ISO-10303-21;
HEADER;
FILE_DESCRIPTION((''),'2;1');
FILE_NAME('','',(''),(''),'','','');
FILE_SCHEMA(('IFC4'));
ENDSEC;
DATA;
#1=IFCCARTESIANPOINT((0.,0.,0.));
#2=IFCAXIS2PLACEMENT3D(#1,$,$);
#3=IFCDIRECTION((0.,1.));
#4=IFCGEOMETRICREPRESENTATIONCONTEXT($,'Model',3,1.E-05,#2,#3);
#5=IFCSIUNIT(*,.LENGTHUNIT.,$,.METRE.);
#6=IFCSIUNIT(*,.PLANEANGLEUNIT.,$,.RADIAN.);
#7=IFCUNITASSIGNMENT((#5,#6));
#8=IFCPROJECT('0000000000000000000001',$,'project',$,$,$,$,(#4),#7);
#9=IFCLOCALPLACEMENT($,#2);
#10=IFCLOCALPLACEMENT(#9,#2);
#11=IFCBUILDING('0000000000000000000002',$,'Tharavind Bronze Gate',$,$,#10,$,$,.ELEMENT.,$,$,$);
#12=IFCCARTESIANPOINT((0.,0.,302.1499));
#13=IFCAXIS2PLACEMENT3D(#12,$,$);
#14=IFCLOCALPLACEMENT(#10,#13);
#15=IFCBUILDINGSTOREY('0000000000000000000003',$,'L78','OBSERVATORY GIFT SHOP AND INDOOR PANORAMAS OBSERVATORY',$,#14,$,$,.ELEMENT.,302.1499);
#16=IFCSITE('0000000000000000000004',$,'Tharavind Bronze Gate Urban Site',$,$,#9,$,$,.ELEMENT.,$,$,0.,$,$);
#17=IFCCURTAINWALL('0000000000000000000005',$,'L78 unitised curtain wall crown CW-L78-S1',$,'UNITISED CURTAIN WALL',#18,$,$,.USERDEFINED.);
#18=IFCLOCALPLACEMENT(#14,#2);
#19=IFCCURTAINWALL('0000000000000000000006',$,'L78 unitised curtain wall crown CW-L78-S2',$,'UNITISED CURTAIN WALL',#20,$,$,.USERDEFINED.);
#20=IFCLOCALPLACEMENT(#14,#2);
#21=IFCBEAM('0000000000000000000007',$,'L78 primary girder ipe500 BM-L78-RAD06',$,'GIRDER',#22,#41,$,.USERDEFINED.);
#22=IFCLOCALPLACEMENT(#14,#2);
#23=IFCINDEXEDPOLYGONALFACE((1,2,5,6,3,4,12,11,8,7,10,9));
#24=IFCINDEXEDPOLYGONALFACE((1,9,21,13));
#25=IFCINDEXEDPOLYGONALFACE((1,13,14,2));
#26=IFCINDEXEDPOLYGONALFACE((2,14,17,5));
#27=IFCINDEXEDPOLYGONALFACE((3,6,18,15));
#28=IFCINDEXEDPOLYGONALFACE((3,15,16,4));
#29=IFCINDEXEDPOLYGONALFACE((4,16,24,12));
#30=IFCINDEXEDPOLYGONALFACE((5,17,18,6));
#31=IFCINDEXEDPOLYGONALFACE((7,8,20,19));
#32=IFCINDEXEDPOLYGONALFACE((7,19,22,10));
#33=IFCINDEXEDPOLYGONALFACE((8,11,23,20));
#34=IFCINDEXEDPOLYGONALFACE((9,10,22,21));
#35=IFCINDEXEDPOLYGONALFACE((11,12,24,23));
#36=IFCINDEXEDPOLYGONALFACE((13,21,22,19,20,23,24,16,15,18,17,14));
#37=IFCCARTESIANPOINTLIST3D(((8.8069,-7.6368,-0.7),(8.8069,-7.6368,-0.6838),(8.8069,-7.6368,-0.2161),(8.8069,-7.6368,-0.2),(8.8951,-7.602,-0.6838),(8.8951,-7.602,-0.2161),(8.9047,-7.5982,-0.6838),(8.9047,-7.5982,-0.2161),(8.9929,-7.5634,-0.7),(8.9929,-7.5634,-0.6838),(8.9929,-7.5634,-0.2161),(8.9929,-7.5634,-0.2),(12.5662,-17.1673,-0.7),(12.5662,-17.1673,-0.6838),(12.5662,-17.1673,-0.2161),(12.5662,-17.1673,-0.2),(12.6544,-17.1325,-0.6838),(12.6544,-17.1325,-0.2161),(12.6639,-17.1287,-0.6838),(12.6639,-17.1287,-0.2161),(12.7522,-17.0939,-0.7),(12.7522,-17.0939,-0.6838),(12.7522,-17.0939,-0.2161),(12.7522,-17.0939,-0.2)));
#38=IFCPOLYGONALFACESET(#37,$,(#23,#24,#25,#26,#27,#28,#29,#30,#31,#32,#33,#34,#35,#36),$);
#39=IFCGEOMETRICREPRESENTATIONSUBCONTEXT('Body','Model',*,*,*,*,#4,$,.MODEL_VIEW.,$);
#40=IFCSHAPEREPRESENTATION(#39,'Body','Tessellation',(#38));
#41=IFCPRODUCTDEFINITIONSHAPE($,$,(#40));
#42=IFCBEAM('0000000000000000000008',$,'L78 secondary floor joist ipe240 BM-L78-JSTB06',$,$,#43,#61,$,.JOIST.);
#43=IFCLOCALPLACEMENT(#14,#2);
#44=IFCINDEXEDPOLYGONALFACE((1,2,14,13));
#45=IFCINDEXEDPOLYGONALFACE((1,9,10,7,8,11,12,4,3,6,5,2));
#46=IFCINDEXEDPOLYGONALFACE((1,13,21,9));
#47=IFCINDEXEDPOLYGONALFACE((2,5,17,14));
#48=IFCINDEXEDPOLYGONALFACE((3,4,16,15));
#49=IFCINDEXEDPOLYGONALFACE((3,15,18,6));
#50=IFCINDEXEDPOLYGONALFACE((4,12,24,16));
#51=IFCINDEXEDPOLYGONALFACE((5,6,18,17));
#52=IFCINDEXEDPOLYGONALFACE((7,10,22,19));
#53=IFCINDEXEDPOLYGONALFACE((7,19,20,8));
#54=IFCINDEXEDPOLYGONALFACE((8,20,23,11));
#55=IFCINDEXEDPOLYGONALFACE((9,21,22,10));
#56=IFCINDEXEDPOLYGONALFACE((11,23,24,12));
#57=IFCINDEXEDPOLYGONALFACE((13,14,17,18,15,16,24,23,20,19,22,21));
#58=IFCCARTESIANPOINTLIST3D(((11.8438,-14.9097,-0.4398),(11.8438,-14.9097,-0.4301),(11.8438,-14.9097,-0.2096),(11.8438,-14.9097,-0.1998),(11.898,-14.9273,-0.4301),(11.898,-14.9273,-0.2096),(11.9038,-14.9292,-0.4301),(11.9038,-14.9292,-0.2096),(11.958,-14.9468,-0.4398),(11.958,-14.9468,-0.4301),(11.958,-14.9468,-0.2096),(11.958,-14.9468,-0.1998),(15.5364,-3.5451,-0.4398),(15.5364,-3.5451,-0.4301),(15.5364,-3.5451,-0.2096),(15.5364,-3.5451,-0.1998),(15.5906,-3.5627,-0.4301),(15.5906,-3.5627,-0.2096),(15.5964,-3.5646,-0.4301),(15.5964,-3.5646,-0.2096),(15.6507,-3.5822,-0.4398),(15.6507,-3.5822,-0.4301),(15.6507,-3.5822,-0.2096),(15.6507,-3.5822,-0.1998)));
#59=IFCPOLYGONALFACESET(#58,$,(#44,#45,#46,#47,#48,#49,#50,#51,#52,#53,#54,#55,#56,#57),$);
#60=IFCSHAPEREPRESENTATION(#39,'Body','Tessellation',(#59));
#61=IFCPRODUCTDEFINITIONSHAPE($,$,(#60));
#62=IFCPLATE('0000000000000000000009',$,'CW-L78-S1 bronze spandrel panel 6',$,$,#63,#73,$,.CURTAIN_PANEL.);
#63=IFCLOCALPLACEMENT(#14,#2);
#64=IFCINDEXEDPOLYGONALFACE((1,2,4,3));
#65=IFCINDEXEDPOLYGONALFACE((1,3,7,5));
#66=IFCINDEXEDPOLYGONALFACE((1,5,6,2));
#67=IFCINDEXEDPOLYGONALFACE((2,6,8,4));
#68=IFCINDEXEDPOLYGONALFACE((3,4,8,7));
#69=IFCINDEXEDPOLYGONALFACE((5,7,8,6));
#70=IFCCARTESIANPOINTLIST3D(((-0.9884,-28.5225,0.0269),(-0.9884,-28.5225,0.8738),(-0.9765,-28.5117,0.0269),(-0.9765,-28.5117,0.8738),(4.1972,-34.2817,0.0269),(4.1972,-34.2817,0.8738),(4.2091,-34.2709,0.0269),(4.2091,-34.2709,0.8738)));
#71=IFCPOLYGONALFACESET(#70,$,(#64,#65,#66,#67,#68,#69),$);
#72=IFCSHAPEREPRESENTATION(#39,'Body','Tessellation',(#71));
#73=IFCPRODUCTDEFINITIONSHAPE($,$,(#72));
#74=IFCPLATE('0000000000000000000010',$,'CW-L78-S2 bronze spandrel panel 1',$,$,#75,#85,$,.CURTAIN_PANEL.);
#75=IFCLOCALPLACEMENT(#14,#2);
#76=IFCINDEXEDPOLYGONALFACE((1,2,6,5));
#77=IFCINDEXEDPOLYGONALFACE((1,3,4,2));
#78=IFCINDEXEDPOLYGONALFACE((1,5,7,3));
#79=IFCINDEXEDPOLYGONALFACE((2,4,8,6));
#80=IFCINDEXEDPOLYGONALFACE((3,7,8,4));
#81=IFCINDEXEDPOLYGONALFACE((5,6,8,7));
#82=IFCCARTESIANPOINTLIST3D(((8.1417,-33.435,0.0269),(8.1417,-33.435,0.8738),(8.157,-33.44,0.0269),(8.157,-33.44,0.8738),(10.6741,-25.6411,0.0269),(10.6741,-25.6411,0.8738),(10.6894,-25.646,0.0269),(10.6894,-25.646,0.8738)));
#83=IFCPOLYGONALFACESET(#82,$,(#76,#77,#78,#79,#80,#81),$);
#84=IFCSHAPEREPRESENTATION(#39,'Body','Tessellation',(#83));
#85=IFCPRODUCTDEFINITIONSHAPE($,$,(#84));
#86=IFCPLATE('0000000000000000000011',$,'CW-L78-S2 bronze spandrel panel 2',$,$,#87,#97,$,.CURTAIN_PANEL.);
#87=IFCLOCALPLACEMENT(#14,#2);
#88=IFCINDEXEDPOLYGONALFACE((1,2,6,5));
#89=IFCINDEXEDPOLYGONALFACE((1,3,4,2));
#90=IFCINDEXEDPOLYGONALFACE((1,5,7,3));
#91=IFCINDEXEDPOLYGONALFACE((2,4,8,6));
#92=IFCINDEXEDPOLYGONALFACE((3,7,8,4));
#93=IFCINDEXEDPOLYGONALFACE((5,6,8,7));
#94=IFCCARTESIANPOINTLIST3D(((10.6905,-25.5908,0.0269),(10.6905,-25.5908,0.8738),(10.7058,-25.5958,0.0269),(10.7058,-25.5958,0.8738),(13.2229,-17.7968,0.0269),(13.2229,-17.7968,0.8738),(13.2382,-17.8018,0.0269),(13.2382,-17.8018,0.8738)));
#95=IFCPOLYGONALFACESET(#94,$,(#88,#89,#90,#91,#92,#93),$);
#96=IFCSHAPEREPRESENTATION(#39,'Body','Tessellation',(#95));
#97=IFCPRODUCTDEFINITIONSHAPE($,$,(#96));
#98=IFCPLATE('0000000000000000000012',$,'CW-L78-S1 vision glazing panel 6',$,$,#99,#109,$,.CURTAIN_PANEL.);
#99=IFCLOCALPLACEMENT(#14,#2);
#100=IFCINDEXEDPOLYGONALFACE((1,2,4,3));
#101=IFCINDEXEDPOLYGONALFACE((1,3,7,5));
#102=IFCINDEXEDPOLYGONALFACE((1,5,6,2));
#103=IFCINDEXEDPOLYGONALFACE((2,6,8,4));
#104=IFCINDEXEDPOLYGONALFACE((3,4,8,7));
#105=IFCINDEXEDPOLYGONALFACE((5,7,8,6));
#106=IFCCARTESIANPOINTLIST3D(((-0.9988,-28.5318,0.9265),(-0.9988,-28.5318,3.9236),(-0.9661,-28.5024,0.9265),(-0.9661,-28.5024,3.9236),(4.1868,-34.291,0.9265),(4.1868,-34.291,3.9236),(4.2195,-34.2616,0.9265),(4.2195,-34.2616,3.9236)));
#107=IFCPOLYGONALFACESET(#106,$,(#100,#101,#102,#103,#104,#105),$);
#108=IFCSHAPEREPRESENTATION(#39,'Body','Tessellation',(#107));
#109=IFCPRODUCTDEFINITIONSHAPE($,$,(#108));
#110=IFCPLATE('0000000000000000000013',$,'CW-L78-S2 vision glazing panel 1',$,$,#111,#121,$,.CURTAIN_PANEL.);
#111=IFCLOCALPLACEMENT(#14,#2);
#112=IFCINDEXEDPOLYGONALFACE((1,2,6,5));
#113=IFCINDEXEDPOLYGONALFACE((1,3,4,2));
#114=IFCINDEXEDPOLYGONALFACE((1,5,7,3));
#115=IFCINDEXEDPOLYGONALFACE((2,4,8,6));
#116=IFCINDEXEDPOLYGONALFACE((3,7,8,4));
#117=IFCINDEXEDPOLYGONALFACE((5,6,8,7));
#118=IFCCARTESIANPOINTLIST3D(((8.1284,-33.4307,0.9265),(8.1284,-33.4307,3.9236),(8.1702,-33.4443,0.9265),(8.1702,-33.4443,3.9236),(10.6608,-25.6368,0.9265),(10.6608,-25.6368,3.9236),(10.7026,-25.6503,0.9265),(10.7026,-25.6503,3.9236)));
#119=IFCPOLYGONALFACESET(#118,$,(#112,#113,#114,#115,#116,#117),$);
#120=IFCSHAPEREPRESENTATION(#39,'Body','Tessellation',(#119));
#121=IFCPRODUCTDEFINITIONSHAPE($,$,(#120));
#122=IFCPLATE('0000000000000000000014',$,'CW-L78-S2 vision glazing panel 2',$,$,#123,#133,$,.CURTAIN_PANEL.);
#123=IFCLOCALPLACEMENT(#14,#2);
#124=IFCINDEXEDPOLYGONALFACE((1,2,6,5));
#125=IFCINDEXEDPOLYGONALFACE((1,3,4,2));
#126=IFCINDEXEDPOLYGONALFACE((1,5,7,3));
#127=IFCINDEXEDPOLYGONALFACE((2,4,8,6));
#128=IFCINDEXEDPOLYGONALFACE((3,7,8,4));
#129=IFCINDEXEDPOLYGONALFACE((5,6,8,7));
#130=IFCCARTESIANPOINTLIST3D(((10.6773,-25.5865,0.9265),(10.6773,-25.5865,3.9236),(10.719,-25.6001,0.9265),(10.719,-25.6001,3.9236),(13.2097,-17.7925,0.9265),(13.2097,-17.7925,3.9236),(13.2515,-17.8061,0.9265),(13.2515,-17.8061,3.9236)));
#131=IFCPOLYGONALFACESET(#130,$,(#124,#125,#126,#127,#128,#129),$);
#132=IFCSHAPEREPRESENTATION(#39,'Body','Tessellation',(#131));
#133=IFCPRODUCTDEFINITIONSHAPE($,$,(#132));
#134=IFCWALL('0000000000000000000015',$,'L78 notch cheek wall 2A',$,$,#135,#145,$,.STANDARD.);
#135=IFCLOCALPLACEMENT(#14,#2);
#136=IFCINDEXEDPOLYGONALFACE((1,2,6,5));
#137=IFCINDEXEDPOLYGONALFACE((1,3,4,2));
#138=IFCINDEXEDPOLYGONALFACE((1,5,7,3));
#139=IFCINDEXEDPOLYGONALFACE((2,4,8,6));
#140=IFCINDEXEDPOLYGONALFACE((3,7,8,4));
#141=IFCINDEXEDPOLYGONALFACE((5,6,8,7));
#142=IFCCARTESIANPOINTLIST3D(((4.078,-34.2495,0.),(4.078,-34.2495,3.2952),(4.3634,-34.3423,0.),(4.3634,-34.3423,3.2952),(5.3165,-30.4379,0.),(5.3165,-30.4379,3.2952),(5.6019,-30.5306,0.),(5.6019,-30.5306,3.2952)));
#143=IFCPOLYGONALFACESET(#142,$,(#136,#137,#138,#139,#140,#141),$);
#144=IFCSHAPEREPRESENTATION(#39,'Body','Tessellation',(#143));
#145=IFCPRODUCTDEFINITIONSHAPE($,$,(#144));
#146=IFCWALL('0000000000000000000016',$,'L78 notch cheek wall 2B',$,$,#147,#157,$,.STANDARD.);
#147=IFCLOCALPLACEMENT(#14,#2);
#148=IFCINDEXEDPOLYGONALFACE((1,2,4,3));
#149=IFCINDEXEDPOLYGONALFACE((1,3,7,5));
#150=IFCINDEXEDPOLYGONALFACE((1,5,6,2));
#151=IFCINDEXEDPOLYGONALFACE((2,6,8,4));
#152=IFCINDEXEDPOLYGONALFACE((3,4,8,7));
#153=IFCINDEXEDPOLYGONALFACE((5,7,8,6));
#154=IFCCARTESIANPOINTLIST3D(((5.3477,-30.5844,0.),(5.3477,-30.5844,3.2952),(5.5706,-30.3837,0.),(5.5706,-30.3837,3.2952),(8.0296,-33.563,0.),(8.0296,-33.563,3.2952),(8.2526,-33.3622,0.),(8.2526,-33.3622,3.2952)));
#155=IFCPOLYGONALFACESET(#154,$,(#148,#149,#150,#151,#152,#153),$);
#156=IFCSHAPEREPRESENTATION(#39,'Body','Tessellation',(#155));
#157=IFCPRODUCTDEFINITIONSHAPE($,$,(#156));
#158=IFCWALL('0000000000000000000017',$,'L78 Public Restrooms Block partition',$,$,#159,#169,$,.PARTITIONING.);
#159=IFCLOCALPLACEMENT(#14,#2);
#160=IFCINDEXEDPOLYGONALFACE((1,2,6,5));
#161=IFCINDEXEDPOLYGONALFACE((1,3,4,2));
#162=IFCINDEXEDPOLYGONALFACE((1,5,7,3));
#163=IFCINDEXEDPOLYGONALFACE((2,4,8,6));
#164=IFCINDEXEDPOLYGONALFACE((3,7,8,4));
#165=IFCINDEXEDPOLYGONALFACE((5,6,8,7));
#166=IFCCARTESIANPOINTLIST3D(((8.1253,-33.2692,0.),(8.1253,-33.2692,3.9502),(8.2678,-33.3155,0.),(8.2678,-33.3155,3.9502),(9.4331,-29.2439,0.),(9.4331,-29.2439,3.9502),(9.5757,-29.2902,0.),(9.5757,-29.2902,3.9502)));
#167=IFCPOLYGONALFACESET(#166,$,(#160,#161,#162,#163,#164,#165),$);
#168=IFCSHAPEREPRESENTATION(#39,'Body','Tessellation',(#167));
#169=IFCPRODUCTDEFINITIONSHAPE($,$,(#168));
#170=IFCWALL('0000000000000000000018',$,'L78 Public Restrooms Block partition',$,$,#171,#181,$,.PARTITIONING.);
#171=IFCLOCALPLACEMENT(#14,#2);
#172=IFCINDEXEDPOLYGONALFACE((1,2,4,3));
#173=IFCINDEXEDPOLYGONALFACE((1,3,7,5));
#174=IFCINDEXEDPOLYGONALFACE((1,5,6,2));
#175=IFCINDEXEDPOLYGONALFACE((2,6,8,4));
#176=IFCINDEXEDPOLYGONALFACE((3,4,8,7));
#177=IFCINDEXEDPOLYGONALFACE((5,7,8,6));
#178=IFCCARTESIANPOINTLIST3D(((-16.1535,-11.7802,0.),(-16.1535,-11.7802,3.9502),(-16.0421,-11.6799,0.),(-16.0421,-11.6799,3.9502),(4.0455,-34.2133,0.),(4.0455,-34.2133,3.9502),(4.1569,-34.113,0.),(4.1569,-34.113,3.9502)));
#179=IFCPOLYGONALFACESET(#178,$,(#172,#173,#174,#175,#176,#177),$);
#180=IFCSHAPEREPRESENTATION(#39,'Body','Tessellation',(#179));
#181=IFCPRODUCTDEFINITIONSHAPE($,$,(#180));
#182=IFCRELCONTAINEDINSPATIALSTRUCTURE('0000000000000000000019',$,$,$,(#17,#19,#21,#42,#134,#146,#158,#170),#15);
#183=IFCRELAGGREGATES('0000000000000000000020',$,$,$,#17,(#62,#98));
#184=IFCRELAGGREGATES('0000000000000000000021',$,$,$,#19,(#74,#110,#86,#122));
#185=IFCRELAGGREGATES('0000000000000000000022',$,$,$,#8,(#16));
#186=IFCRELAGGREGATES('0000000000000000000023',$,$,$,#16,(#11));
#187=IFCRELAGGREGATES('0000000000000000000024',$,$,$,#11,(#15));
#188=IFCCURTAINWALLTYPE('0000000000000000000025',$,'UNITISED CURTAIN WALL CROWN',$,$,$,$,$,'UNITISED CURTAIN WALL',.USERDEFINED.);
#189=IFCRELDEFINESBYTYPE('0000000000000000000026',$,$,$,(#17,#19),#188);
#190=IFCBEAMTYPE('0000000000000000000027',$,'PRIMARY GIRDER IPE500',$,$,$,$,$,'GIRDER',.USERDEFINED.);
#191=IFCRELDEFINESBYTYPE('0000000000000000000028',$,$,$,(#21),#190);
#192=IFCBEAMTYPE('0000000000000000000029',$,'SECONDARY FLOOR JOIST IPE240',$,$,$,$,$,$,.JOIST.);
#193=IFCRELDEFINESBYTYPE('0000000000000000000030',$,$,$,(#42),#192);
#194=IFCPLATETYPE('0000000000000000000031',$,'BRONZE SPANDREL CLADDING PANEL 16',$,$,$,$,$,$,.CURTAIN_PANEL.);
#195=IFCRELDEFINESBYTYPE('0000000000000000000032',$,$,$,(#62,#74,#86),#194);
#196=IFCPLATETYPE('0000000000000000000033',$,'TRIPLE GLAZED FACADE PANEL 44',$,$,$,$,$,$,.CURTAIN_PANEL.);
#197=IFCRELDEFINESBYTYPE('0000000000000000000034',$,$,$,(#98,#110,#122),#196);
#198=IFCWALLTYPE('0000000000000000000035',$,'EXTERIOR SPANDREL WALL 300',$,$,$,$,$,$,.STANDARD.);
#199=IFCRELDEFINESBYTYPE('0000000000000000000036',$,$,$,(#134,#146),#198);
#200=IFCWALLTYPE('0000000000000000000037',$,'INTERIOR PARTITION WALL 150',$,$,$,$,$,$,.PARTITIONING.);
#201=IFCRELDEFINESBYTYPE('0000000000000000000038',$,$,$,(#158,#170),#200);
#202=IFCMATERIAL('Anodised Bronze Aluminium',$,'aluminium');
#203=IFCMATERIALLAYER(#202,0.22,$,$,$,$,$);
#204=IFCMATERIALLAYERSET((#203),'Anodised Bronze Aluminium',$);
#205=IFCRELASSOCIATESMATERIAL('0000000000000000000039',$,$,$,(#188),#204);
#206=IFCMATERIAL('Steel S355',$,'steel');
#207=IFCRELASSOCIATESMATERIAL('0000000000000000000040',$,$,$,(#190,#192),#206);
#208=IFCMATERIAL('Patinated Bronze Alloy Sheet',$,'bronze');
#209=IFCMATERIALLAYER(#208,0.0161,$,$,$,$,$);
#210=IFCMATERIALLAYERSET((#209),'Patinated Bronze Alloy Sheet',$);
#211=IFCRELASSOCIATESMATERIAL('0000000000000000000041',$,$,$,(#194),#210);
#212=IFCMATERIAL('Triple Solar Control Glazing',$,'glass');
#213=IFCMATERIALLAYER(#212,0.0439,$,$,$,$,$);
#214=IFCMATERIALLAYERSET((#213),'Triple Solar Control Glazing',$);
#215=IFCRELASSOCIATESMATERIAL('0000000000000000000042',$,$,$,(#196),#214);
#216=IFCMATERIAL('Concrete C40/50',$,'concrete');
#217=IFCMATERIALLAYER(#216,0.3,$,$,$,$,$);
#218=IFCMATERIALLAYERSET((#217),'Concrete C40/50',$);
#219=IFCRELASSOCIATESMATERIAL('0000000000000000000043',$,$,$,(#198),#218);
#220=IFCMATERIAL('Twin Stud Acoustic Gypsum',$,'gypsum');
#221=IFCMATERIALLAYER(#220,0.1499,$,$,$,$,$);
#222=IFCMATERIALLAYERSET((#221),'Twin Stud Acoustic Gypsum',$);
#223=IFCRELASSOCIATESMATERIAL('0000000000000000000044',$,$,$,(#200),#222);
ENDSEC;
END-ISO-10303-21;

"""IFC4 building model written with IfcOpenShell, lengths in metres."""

from ifc_helpers import new_model, si_unit, direction, frame, frame_2d, origin, origin_2d, place, context, subcontext, project, spatial, rectangle, i_section, extrude, material, layer, layer_set, material_profile, profile_set, type_object, element, aggregate, save


model = new_model("IFC4")

# Units and contexts
model_context = context("Model", 3, precision=1e-05, world=origin(), true_north=direction((0.0, 1.0)))
body_context = subcontext(model_context, "Body", "Model", "MODEL_VIEW")
ifc_project = project(units=[si_unit("LENGTHUNIT", "METRE"), si_unit("PLANEANGLEUNIT", "RADIAN")], contexts=[model_context])

# Site, building, storey
site_placement = place(None, origin())
site = spatial("IfcSite", under=ifc_project, at=site_placement, Name="Tharavind Bronze Gate Urban Site", CompositionType="ELEMENT", RefElevation=0.0)
building_placement = place(site_placement, origin())
building = spatial("IfcBuilding", under=site, at=building_placement, Name="Tharavind Bronze Gate", CompositionType="ELEMENT")
storey_placement = place(building_placement, frame((0.0, 0.0, 302.1499)))
storey = spatial("IfcBuildingStorey", under=building, at=storey_placement, Name="L78", Description="OBSERVATORY GIFT SHOP AND INDOOR PANORAMAS OBSERVATORY", CompositionType="ELEMENT", Elevation=302.1499)

# Curtain wall
ifc_material_1 = material(Name="Anodised Bronze Aluminium", Category="aluminium")
ifc_layer_1 = layer(ifc_material_1, 0.22)
ifc_layer_set_1 = layer_set([ifc_layer_1], Name="Anodised Bronze Aluminium")
curtain_wall_type = type_object("IfcCurtainWallType", Name="UNITISED CURTAIN WALL CROWN", ElementType="UNITISED CURTAIN WALL", PredefinedType="USERDEFINED", material=ifc_layer_set_1)
curtain_wall_1_placement = place(storey_placement, origin())
curtain_wall_1 = element("IfcCurtainWall", 1, at=curtain_wall_1_placement, inside=storey, type_object=curtain_wall_type, Name="L78 unitised curtain wall crown CW-L78-S1", ObjectType="UNITISED CURTAIN WALL", PredefinedType="USERDEFINED")

# Curtain wall
curtain_wall_2_placement = place(storey_placement, origin())
curtain_wall_2 = element("IfcCurtainWall", 2, at=curtain_wall_2_placement, inside=storey, type_object=curtain_wall_type, Name="L78 unitised curtain wall crown CW-L78-S2", ObjectType="UNITISED CURTAIN WALL", PredefinedType="USERDEFINED")

# Beams
ifc_material_2 = material(Name="Steel S355", Category="steel")
ifc_material_profile_1 = material_profile(ifc_material_2, i_section(OverallWidth=0.2, OverallDepth=0.5, WebThickness=0.0103, FlangeThickness=0.0161, at=origin_2d()), Name="IPE500")
ifc_profile_set_1 = profile_set([ifc_material_profile_1], Name="Steel S355")
beam_type_1 = type_object("IfcBeamType", Name="PRIMARY GIRDER IPE500", ElementType="GIRDER", PredefinedType="USERDEFINED", material=ifc_profile_set_1)
beam_1_placement = place(storey_placement, frame((12.6592, -17.1306, -0.45), z_axis=(-0.366933, 0.930247, 0.0), x_axis=(-0.930247, -0.366933, 0.0)))
element("IfcBeam", 3, at=beam_1_placement, inside=storey, type_object=beam_type_1, Name="L78 primary girder ipe500 BM-L78-RAD06", ObjectType="GIRDER", PredefinedType="USERDEFINED", context=body_context, shape_type="SweptSolid", body=[
    extrude(i_section(OverallWidth=0.2, OverallDepth=0.5, WebThickness=0.0103, FlangeThickness=0.0161, at=origin_2d()), origin(), (0.0, 0.0, 1.0), 10.2451),
])
ifc_material_profile_2 = material_profile(ifc_material_2, i_section(OverallWidth=0.1201, OverallDepth=0.24, WebThickness=0.0061, FlangeThickness=0.0098, at=origin_2d()), Name="IPE240")
ifc_profile_set_2 = profile_set([ifc_material_profile_2], Name="Steel S355")
beam_type_2 = type_object("IfcBeamType", Name="SECONDARY FLOOR JOIST IPE240", PredefinedType="JOIST", material=ifc_profile_set_2)
beam_2_placement = place(storey_placement, frame((11.9009, -14.9282, -0.3198), z_axis=(0.309023, 0.951055, 0.0), x_axis=(-0.951055, 0.309023, 0.0)))
element("IfcBeam", 4, at=beam_2_placement, inside=storey, type_object=beam_type_2, Name="L78 secondary floor joist ipe240 BM-L78-JSTB06", PredefinedType="JOIST", context=body_context, shape_type="SweptSolid", body=[
    extrude(i_section(OverallWidth=0.1201, OverallDepth=0.24, WebThickness=0.0061, FlangeThickness=0.0098, at=origin_2d()), origin(), (0.0, 0.0, 1.0), 11.9495),
])

# Plates
ifc_material_3 = material(Name="Patinated Bronze Alloy Sheet", Category="bronze")
ifc_layer_2 = layer(ifc_material_3, 0.0161)
ifc_layer_set_2 = layer_set([ifc_layer_2], Name="Patinated Bronze Alloy Sheet")
plate_type_1 = type_object("IfcPlateType", Name="BRONZE SPANDREL CLADDING PANEL 16", PredefinedType="CURTAIN_PANEL", material=ifc_layer_set_2)
plate_1_placement = place(storey_placement, frame((1.6104, -31.3967, 0.0269), z_axis=(0.0, 0.0, 1.0), x_axis=(0.669131, -0.743145, 0.0)))
plate_1 = element("IfcPlate", 5, at=plate_1_placement, type_object=plate_type_1, Name="CW-L78-S1 bronze spandrel panel 6", PredefinedType="CURTAIN_PANEL", context=body_context, shape_type="SweptSolid", body=[
    extrude(rectangle(XDim=7.7498, YDim=0.0161, at=origin_2d()), origin(), (0.0, 0.0, 1.0), 0.8469),
])
plate_2_placement = place(storey_placement, frame((9.4155, -29.5405, 0.0269), z_axis=(0.0, 0.0, 1.0), x_axis=(0.309017, 0.951057, 0.0)))
plate_2 = element("IfcPlate", 6, at=plate_2_placement, type_object=plate_type_1, Name="CW-L78-S2 bronze spandrel panel 1", PredefinedType="CURTAIN_PANEL", context=body_context, shape_type="SweptSolid", body=[
    extrude(rectangle(XDim=8.1951, YDim=0.0161, at=origin_2d()), origin(), (0.0, 0.0, 1.0), 0.8469),
])
plate_3_placement = place(storey_placement, frame((11.9644, -21.6963, 0.0269), z_axis=(0.0, 0.0, 1.0), x_axis=(0.309017, 0.951057, 0.0)))
plate_3 = element("IfcPlate", 7, at=plate_3_placement, type_object=plate_type_1, Name="CW-L78-S2 bronze spandrel panel 2", PredefinedType="CURTAIN_PANEL", context=body_context, shape_type="SweptSolid", body=[
    extrude(rectangle(XDim=8.1951, YDim=0.0161, at=origin_2d()), origin(), (0.0, 0.0, 1.0), 0.8469),
])
ifc_material_4 = material(Name="Triple Solar Control Glazing", Category="glass")
ifc_layer_3 = layer(ifc_material_4, 0.0439)
ifc_layer_set_3 = layer_set([ifc_layer_3], Name="Triple Solar Control Glazing")
plate_type_2 = type_object("IfcPlateType", Name="TRIPLE GLAZED FACADE PANEL 44", PredefinedType="CURTAIN_PANEL", material=ifc_layer_set_3)
plate_4_placement = place(storey_placement, frame((1.6104, -31.3967, 0.9265), z_axis=(0.0, 0.0, 1.0), x_axis=(0.669131, -0.743145, 0.0)))
plate_4 = element("IfcPlate", 8, at=plate_4_placement, type_object=plate_type_2, Name="CW-L78-S1 vision glazing panel 6", PredefinedType="CURTAIN_PANEL", context=body_context, shape_type="SweptSolid", body=[
    extrude(rectangle(XDim=7.7498, YDim=0.0439, at=origin_2d()), origin(), (0.0, 0.0, 1.0), 2.9971),
])
aggregate(curtain_wall_1, [plate_1, plate_4])
plate_5_placement = place(storey_placement, frame((9.4155, -29.5405, 0.9265), z_axis=(0.0, 0.0, 1.0), x_axis=(0.309017, 0.951057, 0.0)))
plate_5 = element("IfcPlate", 9, at=plate_5_placement, type_object=plate_type_2, Name="CW-L78-S2 vision glazing panel 1", PredefinedType="CURTAIN_PANEL", context=body_context, shape_type="SweptSolid", body=[
    extrude(rectangle(XDim=8.1951, YDim=0.0439, at=origin_2d()), origin(), (0.0, 0.0, 1.0), 2.9971),
])
plate_6_placement = place(storey_placement, frame((11.9644, -21.6963, 0.9265), z_axis=(0.0, 0.0, 1.0), x_axis=(0.309017, 0.951057, 0.0)))
plate_6 = element("IfcPlate", 10, at=plate_6_placement, type_object=plate_type_2, Name="CW-L78-S2 vision glazing panel 2", PredefinedType="CURTAIN_PANEL", context=body_context, shape_type="SweptSolid", body=[
    extrude(rectangle(XDim=8.1951, YDim=0.0439, at=origin_2d()), origin(), (0.0, 0.0, 1.0), 2.9971),
])
aggregate(curtain_wall_2, [plate_2, plate_5, plate_3, plate_6])

# Walls
ifc_material_5 = material(Name="Concrete C40/50", Category="concrete")
ifc_layer_4 = layer(ifc_material_5, 0.3)
ifc_layer_set_4 = layer_set([ifc_layer_4], Name="Concrete C40/50")
wall_type_1 = type_object("IfcWallType", Name="EXTERIOR SPANDREL WALL 300", PredefinedType="STANDARD", material=ifc_layer_set_4)
wall_1_placement = place(storey_placement, frame((4.2207, -34.2959, 0.0), z_axis=(0.0, 0.0, 1.0), x_axis=(0.309019, 0.951056, 0.0)))
element("IfcWall", 11, at=wall_1_placement, inside=storey, type_object=wall_type_1, Name="L78 notch cheek wall 2A", PredefinedType="STANDARD", context=body_context, shape_type="SweptSolid", body=[
    extrude(rectangle(XDim=4.0078, YDim=0.3, at=frame_2d((2.0039, 0.0))), origin(), (0.0, 0.0, 1.0), 3.2952),
])
wall_2_placement = place(storey_placement, frame((5.4592, -30.4841, 0.0), z_axis=(0.0, 0.0, 1.0), x_axis=(0.669133, -0.743143, 0.0)))
element("IfcWall", 12, at=wall_2_placement, inside=storey, type_object=wall_type_1, Name="L78 notch cheek wall 2B", PredefinedType="STANDARD", context=body_context, shape_type="SweptSolid", body=[
    extrude(rectangle(XDim=4.0081, YDim=0.3, at=frame_2d((2.0039, 0.0))), origin(), (0.0, 0.0, 1.0), 3.2952),
])
ifc_material_6 = material(Name="Twin Stud Acoustic Gypsum", Category="gypsum")
ifc_layer_5 = layer(ifc_material_6, 0.1499)
ifc_layer_set_5 = layer_set([ifc_layer_5], Name="Twin Stud Acoustic Gypsum")
wall_type_2 = type_object("IfcWallType", Name="INTERIOR PARTITION WALL 150", PredefinedType="PARTITIONING", material=ifc_layer_set_5)
wall_3_placement = place(storey_placement, frame((9.5044, -29.2671, 0.0), z_axis=(0.0, 0.0, 1.0), x_axis=(-0.309003, -0.951061, 0.0)))
element("IfcWall", 13, at=wall_3_placement, inside=storey, type_object=wall_type_2, Name="L78 Public Restrooms Block partition", PredefinedType="PARTITIONING", context=body_context, shape_type="SweptSolid", body=[
    extrude(rectangle(XDim=4.2324, YDim=0.1499, at=frame_2d((2.1162, 0.0))), origin(), (0.0, 0.0, 1.0), 3.9502),
])
wall_4_placement = place(storey_placement, frame((4.1011, -34.1631, 0.0), z_axis=(0.0, 0.0, 1.0), x_axis=(-0.669133, 0.743143, 0.0)))
element("IfcWall", 14, at=wall_4_placement, inside=storey, type_object=wall_type_2, Name="L78 Public Restrooms Block partition", PredefinedType="PARTITIONING", context=body_context, shape_type="SweptSolid", body=[
    extrude(rectangle(XDim=30.1868, YDim=0.1499, at=frame_2d((15.0933, 0.0))), origin(), (0.0, 0.0, 1.0), 3.9502),
])

save(model, "model.ifc")
